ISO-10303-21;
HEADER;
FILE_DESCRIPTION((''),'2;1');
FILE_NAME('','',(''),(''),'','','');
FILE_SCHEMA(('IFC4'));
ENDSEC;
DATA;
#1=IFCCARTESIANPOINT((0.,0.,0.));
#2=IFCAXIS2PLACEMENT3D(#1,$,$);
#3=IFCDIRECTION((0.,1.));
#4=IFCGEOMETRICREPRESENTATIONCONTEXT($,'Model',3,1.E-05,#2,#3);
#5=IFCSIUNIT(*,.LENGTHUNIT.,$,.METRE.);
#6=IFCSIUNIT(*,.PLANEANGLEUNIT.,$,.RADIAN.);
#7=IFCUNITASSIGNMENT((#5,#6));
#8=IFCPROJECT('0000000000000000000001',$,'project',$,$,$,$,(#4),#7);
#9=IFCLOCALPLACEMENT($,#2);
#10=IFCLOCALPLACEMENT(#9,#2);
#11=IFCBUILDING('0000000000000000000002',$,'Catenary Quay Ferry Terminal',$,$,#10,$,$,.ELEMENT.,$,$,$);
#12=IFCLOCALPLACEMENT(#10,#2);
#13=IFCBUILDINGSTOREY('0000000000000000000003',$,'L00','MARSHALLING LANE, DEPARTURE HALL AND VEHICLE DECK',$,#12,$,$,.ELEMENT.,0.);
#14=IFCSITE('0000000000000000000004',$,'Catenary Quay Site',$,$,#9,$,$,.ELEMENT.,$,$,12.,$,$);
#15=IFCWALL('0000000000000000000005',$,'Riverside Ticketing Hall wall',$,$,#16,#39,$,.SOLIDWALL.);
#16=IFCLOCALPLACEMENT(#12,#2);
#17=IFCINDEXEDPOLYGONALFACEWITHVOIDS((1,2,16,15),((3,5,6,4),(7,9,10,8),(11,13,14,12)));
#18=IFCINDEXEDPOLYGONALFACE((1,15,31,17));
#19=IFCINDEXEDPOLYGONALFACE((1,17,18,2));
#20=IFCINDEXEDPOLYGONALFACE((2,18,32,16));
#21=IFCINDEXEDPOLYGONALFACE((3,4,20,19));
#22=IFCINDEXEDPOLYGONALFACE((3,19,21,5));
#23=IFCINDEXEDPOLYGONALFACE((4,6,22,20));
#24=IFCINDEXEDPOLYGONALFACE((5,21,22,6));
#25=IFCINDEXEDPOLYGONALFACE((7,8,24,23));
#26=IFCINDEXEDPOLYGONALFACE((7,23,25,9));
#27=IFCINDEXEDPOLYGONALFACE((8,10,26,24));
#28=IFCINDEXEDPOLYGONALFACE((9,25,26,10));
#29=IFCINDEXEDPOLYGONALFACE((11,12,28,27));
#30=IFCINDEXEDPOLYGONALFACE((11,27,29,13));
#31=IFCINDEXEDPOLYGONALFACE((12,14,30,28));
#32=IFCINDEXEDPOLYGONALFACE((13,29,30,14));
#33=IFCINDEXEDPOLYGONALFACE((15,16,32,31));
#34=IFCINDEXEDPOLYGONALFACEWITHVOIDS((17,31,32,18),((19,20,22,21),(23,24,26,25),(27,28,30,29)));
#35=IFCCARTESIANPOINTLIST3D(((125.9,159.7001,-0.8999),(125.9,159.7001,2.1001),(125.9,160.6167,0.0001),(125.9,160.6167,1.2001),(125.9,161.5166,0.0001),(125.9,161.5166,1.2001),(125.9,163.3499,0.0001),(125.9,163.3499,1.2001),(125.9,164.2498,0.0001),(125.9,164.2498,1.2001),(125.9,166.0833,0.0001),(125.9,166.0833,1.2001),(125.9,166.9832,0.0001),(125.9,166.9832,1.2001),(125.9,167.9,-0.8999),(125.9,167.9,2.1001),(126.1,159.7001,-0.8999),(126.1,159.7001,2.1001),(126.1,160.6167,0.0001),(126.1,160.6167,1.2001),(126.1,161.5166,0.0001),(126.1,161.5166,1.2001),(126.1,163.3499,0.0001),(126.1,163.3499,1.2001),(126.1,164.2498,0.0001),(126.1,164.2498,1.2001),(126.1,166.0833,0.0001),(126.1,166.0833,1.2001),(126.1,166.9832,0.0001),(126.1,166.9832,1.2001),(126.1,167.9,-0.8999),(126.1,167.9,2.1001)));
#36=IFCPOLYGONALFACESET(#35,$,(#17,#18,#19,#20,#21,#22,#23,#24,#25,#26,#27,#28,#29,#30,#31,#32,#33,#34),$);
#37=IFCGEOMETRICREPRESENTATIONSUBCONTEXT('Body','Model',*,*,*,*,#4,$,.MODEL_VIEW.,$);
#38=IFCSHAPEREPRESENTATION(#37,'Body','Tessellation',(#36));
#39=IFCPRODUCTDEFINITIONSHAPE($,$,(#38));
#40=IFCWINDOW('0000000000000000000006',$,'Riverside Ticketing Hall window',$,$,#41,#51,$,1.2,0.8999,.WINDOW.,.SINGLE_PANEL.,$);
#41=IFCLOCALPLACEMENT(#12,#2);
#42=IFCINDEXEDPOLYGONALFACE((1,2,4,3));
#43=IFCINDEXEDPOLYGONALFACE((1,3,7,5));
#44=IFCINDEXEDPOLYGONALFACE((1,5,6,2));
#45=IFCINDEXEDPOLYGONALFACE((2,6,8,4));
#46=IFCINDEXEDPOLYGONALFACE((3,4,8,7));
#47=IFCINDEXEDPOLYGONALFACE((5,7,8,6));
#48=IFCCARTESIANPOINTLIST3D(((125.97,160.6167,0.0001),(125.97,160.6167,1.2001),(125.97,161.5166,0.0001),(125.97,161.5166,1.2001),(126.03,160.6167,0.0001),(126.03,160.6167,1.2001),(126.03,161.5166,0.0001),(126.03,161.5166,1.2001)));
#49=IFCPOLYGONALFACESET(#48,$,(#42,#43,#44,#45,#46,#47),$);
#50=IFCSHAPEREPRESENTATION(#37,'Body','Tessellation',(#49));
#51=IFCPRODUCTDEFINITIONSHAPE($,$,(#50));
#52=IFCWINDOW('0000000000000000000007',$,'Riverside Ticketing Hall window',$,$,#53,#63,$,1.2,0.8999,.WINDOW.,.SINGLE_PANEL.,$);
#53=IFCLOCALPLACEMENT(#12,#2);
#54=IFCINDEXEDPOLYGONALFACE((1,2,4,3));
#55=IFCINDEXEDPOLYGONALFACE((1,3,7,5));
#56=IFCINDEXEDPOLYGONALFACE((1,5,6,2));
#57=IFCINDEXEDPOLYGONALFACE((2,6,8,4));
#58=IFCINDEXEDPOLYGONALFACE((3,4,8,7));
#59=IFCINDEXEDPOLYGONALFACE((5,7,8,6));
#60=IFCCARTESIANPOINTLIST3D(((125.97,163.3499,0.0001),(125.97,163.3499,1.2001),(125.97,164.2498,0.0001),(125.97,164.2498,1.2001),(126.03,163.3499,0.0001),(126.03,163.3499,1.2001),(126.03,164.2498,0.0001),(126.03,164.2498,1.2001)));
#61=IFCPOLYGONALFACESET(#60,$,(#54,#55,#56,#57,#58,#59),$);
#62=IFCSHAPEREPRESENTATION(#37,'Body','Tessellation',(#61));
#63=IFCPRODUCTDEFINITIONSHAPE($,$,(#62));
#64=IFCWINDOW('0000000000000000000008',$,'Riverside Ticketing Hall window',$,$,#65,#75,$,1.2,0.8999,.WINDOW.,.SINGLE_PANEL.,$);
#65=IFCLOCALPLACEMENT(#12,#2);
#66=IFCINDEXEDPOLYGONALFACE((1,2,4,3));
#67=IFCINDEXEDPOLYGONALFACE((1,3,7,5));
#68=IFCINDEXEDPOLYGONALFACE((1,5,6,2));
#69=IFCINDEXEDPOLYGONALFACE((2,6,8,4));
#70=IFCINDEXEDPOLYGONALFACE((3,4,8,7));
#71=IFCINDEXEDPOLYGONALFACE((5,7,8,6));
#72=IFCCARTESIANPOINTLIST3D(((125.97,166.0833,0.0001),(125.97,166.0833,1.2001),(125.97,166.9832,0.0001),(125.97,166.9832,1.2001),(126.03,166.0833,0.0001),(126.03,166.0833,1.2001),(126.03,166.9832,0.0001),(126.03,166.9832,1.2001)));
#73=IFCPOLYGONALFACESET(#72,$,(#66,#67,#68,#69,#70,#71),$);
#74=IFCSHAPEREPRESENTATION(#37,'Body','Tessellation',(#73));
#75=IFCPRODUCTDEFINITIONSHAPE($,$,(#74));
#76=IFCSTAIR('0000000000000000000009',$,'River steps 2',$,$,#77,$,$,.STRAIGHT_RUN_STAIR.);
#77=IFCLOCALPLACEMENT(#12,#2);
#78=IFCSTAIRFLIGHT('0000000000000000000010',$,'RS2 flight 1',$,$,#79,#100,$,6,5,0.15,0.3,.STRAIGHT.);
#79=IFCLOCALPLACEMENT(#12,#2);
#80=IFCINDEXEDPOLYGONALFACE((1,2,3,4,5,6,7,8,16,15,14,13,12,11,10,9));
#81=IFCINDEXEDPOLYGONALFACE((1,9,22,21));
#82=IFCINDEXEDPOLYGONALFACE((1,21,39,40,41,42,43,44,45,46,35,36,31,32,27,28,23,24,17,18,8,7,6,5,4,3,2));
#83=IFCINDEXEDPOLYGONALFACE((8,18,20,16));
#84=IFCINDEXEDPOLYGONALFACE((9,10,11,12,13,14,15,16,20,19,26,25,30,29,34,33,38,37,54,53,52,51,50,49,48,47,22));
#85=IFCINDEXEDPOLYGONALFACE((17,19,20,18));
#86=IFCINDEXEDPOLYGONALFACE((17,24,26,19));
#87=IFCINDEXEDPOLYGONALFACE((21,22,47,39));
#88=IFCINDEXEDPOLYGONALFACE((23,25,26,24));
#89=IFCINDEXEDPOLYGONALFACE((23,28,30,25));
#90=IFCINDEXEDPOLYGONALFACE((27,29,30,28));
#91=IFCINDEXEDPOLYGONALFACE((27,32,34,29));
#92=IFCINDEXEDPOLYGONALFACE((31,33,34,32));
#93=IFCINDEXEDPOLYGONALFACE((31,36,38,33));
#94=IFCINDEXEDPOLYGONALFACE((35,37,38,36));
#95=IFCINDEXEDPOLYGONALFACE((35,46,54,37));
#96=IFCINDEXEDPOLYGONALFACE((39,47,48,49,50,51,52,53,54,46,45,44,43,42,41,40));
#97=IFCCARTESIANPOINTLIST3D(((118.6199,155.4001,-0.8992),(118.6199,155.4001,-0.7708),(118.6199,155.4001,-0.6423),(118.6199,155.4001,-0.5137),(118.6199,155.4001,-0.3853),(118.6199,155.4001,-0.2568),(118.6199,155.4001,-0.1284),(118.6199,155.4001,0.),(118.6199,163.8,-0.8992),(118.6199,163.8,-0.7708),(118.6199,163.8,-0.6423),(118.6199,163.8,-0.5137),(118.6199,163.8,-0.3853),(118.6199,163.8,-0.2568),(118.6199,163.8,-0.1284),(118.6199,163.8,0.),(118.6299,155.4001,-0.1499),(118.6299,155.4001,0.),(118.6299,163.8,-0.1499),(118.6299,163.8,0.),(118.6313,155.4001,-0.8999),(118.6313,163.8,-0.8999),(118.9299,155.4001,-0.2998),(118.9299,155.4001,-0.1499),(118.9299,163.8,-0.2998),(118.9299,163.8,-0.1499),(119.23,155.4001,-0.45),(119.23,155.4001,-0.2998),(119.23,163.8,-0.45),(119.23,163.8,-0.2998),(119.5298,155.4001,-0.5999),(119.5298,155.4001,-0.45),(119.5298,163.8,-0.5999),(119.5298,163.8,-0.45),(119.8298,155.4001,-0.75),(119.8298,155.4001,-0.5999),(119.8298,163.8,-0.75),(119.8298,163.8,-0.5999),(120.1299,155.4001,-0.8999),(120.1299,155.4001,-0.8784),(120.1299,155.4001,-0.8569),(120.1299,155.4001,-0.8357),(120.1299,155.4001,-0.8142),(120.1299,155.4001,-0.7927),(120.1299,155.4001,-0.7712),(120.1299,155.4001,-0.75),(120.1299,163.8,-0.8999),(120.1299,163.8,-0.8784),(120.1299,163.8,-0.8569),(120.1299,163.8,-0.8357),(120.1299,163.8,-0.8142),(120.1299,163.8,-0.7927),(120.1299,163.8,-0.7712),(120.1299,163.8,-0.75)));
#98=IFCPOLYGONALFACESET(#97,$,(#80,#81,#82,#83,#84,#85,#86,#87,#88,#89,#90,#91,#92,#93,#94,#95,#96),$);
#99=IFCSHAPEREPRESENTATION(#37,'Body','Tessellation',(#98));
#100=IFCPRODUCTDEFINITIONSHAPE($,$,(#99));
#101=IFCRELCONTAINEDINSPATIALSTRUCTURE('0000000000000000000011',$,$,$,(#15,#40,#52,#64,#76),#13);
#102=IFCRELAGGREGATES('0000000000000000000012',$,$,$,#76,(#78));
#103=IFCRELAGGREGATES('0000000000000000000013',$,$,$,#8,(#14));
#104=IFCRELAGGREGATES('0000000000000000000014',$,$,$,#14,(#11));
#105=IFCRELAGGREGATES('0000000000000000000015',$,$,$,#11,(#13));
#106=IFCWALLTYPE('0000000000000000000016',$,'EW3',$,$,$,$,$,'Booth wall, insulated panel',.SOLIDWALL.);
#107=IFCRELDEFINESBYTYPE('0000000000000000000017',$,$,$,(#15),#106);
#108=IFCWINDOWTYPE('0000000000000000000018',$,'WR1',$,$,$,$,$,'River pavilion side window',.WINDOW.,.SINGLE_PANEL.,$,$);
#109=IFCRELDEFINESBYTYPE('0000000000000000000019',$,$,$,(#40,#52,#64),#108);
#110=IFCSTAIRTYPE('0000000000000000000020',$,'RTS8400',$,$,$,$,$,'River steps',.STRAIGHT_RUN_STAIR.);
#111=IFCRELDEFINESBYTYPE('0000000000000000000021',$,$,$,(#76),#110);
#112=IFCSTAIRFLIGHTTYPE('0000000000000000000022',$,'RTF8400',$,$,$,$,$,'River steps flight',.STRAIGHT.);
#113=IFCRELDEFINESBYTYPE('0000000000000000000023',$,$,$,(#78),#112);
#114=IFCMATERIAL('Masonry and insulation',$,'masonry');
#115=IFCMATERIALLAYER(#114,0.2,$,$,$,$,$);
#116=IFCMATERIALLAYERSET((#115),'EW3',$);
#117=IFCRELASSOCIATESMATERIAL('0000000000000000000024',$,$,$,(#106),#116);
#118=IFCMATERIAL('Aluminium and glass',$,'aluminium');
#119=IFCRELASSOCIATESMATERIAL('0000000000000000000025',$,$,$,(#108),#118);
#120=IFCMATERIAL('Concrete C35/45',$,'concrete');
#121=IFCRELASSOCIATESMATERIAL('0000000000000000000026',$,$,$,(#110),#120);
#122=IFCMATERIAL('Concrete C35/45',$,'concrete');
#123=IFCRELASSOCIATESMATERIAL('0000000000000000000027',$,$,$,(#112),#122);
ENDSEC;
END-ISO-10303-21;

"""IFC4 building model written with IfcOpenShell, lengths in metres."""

from ifc_helpers import new_model, si_unit, direction, frame, frame_2d, origin, place, context, subcontext, project, spatial, polyline, rectangle, outline, extrude, material, layer, layer_set, type_object, element, fill, aggregate, save


model = new_model("IFC4")

# Units and contexts
model_context = context("Model", 3, precision=1e-05, world=origin(), true_north=direction((0.0, 1.0)))
body_context = subcontext(model_context, "Body", "Model", "MODEL_VIEW")
ifc_project = project(units=[si_unit("LENGTHUNIT", "METRE"), si_unit("PLANEANGLEUNIT", "RADIAN")], contexts=[model_context])

# Site, building, storey
site_placement = place(None, origin())
site = spatial("IfcSite", under=ifc_project, at=site_placement, Name="Catenary Quay Site", CompositionType="ELEMENT", RefElevation=12.0)
building_placement = place(site_placement, origin())
building = spatial("IfcBuilding", under=site, at=building_placement, Name="Catenary Quay Ferry Terminal", CompositionType="ELEMENT")
storey_placement = place(building_placement, origin())
storey = spatial("IfcBuildingStorey", under=building, at=storey_placement, Name="L00", Description="MARSHALLING LANE, DEPARTURE HALL AND VEHICLE DECK", CompositionType="ELEMENT", Elevation=0.0)

# Shared definitions
ifc_material_1 = material(Name="Masonry and insulation", Category="masonry")
ifc_layer = layer(ifc_material_1, 0.2)
ifc_layer_set = layer_set([ifc_layer], Name="EW3")
wall_type = type_object("IfcWallType", Name="EW3", ElementType="Booth wall, insulated panel", PredefinedType="SOLIDWALL", material=ifc_layer_set)

# Wall, openings, windows
ifc_material_2 = material(Name="Aluminium and glass", Category="aluminium")
window_type = type_object("IfcWindowType", Name="WR1", ElementType="River pavilion side window", PartitioningType="SINGLE_PANEL", PredefinedType="WINDOW", material=ifc_material_2)
wall_1_placement = place(storey_placement, frame((126.0, 159.7, -0.8999), z_axis=(0.0, 0.0, 1.0), x_axis=(0.0, 1.0, 0.0)))
wall_1 = element("IfcWall", 1, at=wall_1_placement, inside=storey, type_object=wall_type, Name="Riverside Ticketing Hall wall", PredefinedType="SOLIDWALL", context=body_context, shape_type="SweptSolid", body=[
    extrude(rectangle(XDim=8.2, YDim=0.2, at=frame_2d((4.1001, 0.0))), origin(), (0.0, 0.0, 1.0), 3.0),
])
opening_1_placement = place(wall_1_placement, frame((0.9167, 0.0, 0.8999)))
opening_1 = element("IfcOpeningElement", 2, at=opening_1_placement, cuts=wall_1, PredefinedType="OPENING", context=body_context, shape_type="SweptSolid", body=[
    extrude(rectangle(XDim=0.8999, YDim=1.2, at=frame_2d((0.45, 0.6001))), frame((0.0, 0.1099, 0.0), z_axis=(0.0, -1.0, 0.0), x_axis=(1.0, 0.0, 0.0)), (0.0, 0.0, 1.0), 0.22),
])
opening_2_placement = place(wall_1_placement, frame((3.6499, 0.0, 0.8999)))
opening_2 = element("IfcOpeningElement", 3, at=opening_2_placement, cuts=wall_1, PredefinedType="OPENING", context=body_context, shape_type="SweptSolid", body=[
    extrude(rectangle(XDim=0.8999, YDim=1.2, at=frame_2d((0.45, 0.6001))), frame((0.0, 0.1099, 0.0), z_axis=(0.0, -1.0, 0.0), x_axis=(1.0, 0.0, 0.0)), (0.0, 0.0, 1.0), 0.22),
])
opening_3_placement = place(wall_1_placement, frame((6.3833, 0.0, 0.8999)))
opening_3 = element("IfcOpeningElement", 4, at=opening_3_placement, cuts=wall_1, PredefinedType="OPENING", context=body_context, shape_type="SweptSolid", body=[
    extrude(rectangle(XDim=0.8999, YDim=1.2, at=frame_2d((0.45, 0.6001))), frame((0.0, 0.1099, 0.0), z_axis=(0.0, -1.0, 0.0), x_axis=(1.0, 0.0, 0.0)), (0.0, 0.0, 1.0), 0.22),
])
window_1_placement = place(opening_1_placement, origin())
window_1 = element("IfcWindow", 5, at=window_1_placement, inside=storey, type_object=window_type, Name="Riverside Ticketing Hall window", OverallHeight=1.2, OverallWidth=0.8999, PartitioningType="SINGLE_PANEL", PredefinedType="WINDOW", context=body_context, shape_type="SweptSolid", body=[
    extrude(rectangle(XDim=0.8999, YDim=1.2, at=frame_2d((0.45, 0.6001))), frame((0.0, 0.03, 0.0), z_axis=(0.0, -1.0, 0.0), x_axis=(1.0, 0.0, 0.0)), (0.0, 0.0, 1.0), 0.0601),
])
fill(opening_1, window_1)
window_2_placement = place(opening_2_placement, origin())
window_2 = element("IfcWindow", 6, at=window_2_placement, inside=storey, type_object=window_type, Name="Riverside Ticketing Hall window", OverallHeight=1.2, OverallWidth=0.8999, PartitioningType="SINGLE_PANEL", PredefinedType="WINDOW", context=body_context, shape_type="SweptSolid", body=[
    extrude(rectangle(XDim=0.8999, YDim=1.2, at=frame_2d((0.45, 0.6001))), frame((0.0, 0.03, 0.0), z_axis=(0.0, -1.0, 0.0), x_axis=(1.0, 0.0, 0.0)), (0.0, 0.0, 1.0), 0.0601),
])
fill(opening_2, window_2)
window_3_placement = place(opening_3_placement, origin())
window_3 = element("IfcWindow", 7, at=window_3_placement, inside=storey, type_object=window_type, Name="Riverside Ticketing Hall window", OverallHeight=1.2, OverallWidth=0.8999, PartitioningType="SINGLE_PANEL", PredefinedType="WINDOW", context=body_context, shape_type="SweptSolid", body=[
    extrude(rectangle(XDim=0.8999, YDim=1.2, at=frame_2d((0.45, 0.6001))), frame((0.0, 0.03, 0.0), z_axis=(0.0, -1.0, 0.0), x_axis=(1.0, 0.0, 0.0)), (0.0, 0.0, 1.0), 0.0601),
])
fill(opening_3, window_3)

# Stair, stair flight
ifc_material_3 = material(Name="Concrete C35/45", Category="concrete")
stair_type = type_object("IfcStairType", Name="RTS8400", ElementType="River steps", PredefinedType="STRAIGHT_RUN_STAIR", material=ifc_material_3)
stair_placement = place(storey_placement, origin())
stair = element("IfcStair", 8, at=stair_placement, inside=storey, type_object=stair_type, Name="River steps 2", PredefinedType="STRAIGHT_RUN_STAIR")
ifc_material_4 = material(Name="Concrete C35/45", Category="concrete")
stair_flight_type = type_object("IfcStairFlightType", Name="RTF8400", ElementType="River steps flight", PredefinedType="STRAIGHT", material=ifc_material_4)
stair_flight_placement = place(storey_placement, frame((120.1299, 159.6001, -0.8999), z_axis=(0.0, 0.0, 1.0), x_axis=(-1.0, 0.0, 0.0)))
stair_flight = element("IfcStairFlight", 9, at=stair_flight_placement, type_object=stair_flight_type, Name="RS2 flight 1", NumberOfRisers=6, NumberOfTreads=5, PredefinedType="STRAIGHT", RiserHeight=0.15, TreadLength=0.3, context=body_context, shape_type="SweptSolid", body=[
    extrude(outline(polyline([(0.0, 0.0), (0.0, 0.0215), (0.0, 0.043), (0.0, 0.0642), (0.0, 0.0857), (0.0, 0.1072), (0.0, 0.1287), (0.0, 0.1499), (0.3, 0.1499), (0.3, 0.3), (0.6001, 0.3), (0.6001, 0.45), (0.8999, 0.45), (0.8999, 0.6001), (1.2, 0.6001), (1.2, 0.75), (1.5, 0.75), (1.5, 0.8999), (1.51, 0.8999), (1.51, 0.7715), (1.51, 0.6431), (1.51, 0.5146), (1.51, 0.3862), (1.51, 0.2576), (1.51, 0.1292), (1.51, 0.0007), (1.4985, 0.0), (0.0, 0.0)])), frame((0.0, 4.2, 0.0), z_axis=(0.0, -1.0, 0.0), x_axis=(1.0, 0.0, 0.0)), (0.0, 0.0, 1.0), 8.3999),
])
aggregate(stair, [stair_flight])

save(model, "model.ifc")
